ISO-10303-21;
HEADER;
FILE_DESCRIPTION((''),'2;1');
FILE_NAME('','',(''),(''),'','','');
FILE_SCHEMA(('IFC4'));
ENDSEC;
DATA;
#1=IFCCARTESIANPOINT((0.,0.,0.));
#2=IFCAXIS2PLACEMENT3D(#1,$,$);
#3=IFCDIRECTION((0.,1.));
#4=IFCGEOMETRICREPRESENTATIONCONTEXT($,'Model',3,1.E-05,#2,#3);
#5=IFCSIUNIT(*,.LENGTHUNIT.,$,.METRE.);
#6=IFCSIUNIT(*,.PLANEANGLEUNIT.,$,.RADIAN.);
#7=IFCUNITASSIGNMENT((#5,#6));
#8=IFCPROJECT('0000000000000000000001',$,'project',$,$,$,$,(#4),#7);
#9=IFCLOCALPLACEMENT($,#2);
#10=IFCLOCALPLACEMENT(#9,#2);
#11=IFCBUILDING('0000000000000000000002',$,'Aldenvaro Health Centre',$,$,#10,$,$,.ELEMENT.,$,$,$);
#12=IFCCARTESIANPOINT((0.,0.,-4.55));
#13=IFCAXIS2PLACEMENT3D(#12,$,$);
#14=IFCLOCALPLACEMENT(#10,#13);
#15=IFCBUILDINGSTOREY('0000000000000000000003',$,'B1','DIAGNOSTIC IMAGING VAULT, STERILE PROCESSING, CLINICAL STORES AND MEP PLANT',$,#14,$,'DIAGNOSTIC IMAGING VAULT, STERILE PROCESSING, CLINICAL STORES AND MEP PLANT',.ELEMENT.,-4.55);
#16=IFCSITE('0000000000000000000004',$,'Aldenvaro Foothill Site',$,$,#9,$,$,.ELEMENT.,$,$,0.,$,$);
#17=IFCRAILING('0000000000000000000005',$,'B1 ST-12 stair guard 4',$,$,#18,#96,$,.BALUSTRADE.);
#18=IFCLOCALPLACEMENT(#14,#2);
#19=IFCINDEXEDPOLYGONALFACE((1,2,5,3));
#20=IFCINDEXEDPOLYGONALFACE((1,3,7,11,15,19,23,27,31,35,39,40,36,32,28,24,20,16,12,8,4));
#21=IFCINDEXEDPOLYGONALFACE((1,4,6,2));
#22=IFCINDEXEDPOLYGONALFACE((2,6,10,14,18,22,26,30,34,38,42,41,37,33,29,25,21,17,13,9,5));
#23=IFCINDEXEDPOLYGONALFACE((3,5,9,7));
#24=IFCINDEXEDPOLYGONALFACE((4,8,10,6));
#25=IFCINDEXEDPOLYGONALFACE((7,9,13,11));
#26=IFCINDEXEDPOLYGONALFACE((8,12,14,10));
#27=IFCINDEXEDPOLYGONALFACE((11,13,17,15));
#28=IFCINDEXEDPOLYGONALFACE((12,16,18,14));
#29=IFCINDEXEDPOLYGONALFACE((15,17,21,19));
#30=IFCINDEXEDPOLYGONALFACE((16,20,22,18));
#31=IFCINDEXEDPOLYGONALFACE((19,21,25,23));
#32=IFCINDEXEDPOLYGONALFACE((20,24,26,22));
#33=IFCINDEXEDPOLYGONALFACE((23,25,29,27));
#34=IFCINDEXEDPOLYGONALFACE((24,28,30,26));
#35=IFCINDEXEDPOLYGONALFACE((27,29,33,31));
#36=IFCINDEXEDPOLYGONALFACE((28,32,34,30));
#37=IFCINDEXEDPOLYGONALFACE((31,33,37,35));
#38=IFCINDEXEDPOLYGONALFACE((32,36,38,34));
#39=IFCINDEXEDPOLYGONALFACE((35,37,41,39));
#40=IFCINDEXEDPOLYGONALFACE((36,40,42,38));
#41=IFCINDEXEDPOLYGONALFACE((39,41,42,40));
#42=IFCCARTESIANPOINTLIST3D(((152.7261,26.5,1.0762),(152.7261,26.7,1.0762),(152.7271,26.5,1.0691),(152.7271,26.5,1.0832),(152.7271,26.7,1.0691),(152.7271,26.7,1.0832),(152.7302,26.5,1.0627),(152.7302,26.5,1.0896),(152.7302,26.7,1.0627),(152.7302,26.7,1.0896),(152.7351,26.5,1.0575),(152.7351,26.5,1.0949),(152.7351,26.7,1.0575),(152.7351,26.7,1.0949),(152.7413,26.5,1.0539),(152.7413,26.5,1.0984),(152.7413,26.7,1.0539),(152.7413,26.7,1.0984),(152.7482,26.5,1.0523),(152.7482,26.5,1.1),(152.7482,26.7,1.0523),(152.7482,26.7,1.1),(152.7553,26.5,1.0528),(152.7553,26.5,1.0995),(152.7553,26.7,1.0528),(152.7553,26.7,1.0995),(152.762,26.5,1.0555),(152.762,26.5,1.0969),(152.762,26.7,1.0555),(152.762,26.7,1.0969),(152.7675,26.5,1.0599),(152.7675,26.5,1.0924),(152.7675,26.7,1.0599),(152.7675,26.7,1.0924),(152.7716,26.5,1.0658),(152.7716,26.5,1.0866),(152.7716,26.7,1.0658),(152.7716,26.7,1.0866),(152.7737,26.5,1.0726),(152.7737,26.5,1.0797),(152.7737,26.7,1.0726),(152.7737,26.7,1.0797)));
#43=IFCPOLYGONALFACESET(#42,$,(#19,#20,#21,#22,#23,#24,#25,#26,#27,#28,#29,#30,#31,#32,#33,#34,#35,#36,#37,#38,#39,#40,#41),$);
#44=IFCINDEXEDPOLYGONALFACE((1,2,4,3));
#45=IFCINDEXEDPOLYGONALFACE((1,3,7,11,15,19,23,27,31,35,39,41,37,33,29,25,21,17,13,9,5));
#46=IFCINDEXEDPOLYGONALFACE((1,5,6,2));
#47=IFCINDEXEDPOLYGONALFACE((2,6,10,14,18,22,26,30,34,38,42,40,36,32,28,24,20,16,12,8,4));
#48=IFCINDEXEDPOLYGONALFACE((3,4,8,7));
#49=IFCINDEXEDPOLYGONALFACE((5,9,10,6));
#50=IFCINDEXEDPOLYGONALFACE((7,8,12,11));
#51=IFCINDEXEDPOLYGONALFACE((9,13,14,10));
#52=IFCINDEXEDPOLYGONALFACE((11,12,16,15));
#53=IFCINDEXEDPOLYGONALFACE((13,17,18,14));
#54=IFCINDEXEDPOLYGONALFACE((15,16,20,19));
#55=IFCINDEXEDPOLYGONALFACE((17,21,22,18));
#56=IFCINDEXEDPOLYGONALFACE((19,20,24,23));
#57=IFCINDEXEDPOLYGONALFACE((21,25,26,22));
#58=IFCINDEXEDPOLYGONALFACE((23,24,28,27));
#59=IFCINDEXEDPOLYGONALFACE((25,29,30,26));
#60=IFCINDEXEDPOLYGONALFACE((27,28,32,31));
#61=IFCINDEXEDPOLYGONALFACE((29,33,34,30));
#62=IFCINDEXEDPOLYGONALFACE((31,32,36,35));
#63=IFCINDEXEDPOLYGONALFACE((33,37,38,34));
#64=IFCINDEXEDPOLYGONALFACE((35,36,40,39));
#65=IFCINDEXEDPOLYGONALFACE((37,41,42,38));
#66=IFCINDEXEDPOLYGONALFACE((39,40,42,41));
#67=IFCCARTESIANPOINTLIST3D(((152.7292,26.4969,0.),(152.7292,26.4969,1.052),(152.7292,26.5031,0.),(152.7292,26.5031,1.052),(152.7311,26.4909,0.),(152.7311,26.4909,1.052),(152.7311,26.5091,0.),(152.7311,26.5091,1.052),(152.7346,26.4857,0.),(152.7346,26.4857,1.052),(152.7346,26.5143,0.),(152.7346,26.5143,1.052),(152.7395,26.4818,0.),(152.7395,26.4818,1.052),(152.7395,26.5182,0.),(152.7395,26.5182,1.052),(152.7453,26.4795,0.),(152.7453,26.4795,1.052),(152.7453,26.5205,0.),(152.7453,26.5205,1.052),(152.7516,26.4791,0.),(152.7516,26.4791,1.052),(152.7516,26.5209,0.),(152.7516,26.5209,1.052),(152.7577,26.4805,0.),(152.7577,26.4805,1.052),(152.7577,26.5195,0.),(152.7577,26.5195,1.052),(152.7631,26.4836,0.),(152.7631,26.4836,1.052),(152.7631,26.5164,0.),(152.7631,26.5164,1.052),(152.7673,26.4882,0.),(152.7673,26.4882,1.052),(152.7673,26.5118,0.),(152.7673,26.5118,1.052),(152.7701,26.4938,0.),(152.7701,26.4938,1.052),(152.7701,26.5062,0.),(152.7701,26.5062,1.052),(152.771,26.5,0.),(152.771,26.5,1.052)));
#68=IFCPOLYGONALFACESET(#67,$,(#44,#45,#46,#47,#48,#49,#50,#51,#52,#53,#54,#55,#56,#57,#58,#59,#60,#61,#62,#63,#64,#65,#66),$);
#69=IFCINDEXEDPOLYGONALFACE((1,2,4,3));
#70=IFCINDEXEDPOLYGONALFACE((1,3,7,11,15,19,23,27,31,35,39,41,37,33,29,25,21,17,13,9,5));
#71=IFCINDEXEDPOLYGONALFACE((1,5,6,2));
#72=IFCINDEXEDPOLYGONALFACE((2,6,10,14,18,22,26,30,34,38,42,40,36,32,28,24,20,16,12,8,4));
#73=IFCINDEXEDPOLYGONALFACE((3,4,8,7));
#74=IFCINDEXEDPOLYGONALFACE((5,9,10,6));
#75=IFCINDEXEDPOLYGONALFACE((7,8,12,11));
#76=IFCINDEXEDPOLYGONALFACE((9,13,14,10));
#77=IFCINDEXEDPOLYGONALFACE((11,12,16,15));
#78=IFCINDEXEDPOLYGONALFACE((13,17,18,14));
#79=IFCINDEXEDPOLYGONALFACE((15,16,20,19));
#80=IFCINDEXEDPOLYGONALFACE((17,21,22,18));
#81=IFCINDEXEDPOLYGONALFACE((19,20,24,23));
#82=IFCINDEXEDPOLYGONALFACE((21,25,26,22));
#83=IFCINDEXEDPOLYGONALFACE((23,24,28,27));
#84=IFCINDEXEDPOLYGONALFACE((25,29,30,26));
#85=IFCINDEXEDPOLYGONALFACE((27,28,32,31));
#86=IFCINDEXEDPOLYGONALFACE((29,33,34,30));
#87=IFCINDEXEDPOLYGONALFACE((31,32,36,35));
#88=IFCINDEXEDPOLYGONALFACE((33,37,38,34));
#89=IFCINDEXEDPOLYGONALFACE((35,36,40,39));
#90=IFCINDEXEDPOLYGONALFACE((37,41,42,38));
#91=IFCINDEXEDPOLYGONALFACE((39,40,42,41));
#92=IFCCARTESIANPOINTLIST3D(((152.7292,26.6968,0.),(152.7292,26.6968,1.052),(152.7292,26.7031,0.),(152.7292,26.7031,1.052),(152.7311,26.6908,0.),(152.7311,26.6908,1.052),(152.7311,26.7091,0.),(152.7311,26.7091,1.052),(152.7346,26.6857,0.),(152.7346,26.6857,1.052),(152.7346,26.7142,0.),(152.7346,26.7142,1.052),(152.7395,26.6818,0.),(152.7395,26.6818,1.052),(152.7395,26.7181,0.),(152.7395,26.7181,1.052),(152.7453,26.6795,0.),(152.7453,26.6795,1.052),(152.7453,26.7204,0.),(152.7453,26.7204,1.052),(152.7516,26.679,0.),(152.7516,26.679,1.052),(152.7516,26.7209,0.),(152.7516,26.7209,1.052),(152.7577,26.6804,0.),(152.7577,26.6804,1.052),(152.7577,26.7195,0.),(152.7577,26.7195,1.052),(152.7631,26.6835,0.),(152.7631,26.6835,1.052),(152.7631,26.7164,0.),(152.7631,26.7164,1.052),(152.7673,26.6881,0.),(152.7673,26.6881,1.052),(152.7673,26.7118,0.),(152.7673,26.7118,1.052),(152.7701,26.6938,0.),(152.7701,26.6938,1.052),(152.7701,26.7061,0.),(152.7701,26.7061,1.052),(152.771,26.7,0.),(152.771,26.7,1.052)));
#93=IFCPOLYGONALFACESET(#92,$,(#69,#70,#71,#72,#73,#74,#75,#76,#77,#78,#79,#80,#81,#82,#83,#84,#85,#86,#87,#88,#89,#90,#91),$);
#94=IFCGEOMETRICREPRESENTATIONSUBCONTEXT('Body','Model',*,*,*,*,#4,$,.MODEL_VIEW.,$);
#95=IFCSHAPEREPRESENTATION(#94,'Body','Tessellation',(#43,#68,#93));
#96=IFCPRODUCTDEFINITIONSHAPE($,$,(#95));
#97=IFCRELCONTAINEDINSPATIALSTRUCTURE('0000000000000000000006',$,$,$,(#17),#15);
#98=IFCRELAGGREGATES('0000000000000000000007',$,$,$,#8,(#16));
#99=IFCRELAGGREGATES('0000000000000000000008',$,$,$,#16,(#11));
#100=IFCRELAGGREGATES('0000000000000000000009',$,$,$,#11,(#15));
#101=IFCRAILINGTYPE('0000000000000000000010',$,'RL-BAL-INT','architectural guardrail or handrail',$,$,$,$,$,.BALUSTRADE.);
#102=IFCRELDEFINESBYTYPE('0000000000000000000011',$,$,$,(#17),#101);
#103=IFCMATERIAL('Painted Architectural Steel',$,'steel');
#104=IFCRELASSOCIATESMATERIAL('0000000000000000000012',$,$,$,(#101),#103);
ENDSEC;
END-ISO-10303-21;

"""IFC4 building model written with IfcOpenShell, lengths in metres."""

from ifc_helpers import new_model, si_unit, direction, frame, origin, origin_2d, place, context, subcontext, project, spatial, circle, extrude, material, type_object, element, save


model = new_model("IFC4")

# Units and contexts
model_context = context("Model", 3, precision=1e-05, world=origin(), true_north=direction((0.0, 1.0)))
body_context = subcontext(model_context, "Body", "Model", "MODEL_VIEW")
ifc_project = project(units=[si_unit("LENGTHUNIT", "METRE"), si_unit("PLANEANGLEUNIT", "RADIAN")], contexts=[model_context])

# Site, building, storey
site_placement = place(None, origin())
site = spatial("IfcSite", under=ifc_project, at=site_placement, Name="Aldenvaro Foothill Site", CompositionType="ELEMENT", RefElevation=0.0)
building_placement = place(site_placement, origin())
building = spatial("IfcBuilding", under=site, at=building_placement, Name="Aldenvaro Health Centre", CompositionType="ELEMENT")
storey_placement = place(building_placement, frame((0.0, 0.0, -4.55)))
storey = spatial("IfcBuildingStorey", under=building, at=storey_placement, Name="B1", Description="DIAGNOSTIC IMAGING VAULT, STERILE PROCESSING, CLINICAL STORES AND MEP PLANT", LongName="DIAGNOSTIC IMAGING VAULT, STERILE PROCESSING, CLINICAL STORES AND MEP PLANT", CompositionType="ELEMENT", Elevation=-4.55)

# Railing
ifc_material_1 = material(Name="Painted Architectural Steel", Category="steel")
railing_type_1 = type_object("IfcRailingType", Name="RL-BAL-INT", Description="architectural guardrail or handrail", PredefinedType="BALUSTRADE", material=ifc_material_1)
railing_1_placement = place(storey_placement, frame((152.75, 26.5, 0.0)))
element("IfcRailing", 1, at=railing_1_placement, inside=storey, type_object=railing_type_1, Name="B1 ST-12 stair guard 4", PredefinedType="BALUSTRADE", context=body_context, shape_type="SweptSolid", body=[
    extrude(circle(Radius=0.0239, at=origin_2d()), frame((0.0, 0.0, 1.0762), z_axis=(0.0, 1.0, 0.0), x_axis=(-1.0, 0.0, 0.0)), (0.0, 0.0, 1.0), 0.2),
    extrude(circle(Radius=0.021, at=origin_2d()), origin(), (0.0, 0.0, 1.0), 1.052),
    extrude(circle(Radius=0.021, at=origin_2d()), frame((0.0, 0.2, 0.0)), (0.0, 0.0, 1.0), 1.052),
])

save(model, "model.ifc")
